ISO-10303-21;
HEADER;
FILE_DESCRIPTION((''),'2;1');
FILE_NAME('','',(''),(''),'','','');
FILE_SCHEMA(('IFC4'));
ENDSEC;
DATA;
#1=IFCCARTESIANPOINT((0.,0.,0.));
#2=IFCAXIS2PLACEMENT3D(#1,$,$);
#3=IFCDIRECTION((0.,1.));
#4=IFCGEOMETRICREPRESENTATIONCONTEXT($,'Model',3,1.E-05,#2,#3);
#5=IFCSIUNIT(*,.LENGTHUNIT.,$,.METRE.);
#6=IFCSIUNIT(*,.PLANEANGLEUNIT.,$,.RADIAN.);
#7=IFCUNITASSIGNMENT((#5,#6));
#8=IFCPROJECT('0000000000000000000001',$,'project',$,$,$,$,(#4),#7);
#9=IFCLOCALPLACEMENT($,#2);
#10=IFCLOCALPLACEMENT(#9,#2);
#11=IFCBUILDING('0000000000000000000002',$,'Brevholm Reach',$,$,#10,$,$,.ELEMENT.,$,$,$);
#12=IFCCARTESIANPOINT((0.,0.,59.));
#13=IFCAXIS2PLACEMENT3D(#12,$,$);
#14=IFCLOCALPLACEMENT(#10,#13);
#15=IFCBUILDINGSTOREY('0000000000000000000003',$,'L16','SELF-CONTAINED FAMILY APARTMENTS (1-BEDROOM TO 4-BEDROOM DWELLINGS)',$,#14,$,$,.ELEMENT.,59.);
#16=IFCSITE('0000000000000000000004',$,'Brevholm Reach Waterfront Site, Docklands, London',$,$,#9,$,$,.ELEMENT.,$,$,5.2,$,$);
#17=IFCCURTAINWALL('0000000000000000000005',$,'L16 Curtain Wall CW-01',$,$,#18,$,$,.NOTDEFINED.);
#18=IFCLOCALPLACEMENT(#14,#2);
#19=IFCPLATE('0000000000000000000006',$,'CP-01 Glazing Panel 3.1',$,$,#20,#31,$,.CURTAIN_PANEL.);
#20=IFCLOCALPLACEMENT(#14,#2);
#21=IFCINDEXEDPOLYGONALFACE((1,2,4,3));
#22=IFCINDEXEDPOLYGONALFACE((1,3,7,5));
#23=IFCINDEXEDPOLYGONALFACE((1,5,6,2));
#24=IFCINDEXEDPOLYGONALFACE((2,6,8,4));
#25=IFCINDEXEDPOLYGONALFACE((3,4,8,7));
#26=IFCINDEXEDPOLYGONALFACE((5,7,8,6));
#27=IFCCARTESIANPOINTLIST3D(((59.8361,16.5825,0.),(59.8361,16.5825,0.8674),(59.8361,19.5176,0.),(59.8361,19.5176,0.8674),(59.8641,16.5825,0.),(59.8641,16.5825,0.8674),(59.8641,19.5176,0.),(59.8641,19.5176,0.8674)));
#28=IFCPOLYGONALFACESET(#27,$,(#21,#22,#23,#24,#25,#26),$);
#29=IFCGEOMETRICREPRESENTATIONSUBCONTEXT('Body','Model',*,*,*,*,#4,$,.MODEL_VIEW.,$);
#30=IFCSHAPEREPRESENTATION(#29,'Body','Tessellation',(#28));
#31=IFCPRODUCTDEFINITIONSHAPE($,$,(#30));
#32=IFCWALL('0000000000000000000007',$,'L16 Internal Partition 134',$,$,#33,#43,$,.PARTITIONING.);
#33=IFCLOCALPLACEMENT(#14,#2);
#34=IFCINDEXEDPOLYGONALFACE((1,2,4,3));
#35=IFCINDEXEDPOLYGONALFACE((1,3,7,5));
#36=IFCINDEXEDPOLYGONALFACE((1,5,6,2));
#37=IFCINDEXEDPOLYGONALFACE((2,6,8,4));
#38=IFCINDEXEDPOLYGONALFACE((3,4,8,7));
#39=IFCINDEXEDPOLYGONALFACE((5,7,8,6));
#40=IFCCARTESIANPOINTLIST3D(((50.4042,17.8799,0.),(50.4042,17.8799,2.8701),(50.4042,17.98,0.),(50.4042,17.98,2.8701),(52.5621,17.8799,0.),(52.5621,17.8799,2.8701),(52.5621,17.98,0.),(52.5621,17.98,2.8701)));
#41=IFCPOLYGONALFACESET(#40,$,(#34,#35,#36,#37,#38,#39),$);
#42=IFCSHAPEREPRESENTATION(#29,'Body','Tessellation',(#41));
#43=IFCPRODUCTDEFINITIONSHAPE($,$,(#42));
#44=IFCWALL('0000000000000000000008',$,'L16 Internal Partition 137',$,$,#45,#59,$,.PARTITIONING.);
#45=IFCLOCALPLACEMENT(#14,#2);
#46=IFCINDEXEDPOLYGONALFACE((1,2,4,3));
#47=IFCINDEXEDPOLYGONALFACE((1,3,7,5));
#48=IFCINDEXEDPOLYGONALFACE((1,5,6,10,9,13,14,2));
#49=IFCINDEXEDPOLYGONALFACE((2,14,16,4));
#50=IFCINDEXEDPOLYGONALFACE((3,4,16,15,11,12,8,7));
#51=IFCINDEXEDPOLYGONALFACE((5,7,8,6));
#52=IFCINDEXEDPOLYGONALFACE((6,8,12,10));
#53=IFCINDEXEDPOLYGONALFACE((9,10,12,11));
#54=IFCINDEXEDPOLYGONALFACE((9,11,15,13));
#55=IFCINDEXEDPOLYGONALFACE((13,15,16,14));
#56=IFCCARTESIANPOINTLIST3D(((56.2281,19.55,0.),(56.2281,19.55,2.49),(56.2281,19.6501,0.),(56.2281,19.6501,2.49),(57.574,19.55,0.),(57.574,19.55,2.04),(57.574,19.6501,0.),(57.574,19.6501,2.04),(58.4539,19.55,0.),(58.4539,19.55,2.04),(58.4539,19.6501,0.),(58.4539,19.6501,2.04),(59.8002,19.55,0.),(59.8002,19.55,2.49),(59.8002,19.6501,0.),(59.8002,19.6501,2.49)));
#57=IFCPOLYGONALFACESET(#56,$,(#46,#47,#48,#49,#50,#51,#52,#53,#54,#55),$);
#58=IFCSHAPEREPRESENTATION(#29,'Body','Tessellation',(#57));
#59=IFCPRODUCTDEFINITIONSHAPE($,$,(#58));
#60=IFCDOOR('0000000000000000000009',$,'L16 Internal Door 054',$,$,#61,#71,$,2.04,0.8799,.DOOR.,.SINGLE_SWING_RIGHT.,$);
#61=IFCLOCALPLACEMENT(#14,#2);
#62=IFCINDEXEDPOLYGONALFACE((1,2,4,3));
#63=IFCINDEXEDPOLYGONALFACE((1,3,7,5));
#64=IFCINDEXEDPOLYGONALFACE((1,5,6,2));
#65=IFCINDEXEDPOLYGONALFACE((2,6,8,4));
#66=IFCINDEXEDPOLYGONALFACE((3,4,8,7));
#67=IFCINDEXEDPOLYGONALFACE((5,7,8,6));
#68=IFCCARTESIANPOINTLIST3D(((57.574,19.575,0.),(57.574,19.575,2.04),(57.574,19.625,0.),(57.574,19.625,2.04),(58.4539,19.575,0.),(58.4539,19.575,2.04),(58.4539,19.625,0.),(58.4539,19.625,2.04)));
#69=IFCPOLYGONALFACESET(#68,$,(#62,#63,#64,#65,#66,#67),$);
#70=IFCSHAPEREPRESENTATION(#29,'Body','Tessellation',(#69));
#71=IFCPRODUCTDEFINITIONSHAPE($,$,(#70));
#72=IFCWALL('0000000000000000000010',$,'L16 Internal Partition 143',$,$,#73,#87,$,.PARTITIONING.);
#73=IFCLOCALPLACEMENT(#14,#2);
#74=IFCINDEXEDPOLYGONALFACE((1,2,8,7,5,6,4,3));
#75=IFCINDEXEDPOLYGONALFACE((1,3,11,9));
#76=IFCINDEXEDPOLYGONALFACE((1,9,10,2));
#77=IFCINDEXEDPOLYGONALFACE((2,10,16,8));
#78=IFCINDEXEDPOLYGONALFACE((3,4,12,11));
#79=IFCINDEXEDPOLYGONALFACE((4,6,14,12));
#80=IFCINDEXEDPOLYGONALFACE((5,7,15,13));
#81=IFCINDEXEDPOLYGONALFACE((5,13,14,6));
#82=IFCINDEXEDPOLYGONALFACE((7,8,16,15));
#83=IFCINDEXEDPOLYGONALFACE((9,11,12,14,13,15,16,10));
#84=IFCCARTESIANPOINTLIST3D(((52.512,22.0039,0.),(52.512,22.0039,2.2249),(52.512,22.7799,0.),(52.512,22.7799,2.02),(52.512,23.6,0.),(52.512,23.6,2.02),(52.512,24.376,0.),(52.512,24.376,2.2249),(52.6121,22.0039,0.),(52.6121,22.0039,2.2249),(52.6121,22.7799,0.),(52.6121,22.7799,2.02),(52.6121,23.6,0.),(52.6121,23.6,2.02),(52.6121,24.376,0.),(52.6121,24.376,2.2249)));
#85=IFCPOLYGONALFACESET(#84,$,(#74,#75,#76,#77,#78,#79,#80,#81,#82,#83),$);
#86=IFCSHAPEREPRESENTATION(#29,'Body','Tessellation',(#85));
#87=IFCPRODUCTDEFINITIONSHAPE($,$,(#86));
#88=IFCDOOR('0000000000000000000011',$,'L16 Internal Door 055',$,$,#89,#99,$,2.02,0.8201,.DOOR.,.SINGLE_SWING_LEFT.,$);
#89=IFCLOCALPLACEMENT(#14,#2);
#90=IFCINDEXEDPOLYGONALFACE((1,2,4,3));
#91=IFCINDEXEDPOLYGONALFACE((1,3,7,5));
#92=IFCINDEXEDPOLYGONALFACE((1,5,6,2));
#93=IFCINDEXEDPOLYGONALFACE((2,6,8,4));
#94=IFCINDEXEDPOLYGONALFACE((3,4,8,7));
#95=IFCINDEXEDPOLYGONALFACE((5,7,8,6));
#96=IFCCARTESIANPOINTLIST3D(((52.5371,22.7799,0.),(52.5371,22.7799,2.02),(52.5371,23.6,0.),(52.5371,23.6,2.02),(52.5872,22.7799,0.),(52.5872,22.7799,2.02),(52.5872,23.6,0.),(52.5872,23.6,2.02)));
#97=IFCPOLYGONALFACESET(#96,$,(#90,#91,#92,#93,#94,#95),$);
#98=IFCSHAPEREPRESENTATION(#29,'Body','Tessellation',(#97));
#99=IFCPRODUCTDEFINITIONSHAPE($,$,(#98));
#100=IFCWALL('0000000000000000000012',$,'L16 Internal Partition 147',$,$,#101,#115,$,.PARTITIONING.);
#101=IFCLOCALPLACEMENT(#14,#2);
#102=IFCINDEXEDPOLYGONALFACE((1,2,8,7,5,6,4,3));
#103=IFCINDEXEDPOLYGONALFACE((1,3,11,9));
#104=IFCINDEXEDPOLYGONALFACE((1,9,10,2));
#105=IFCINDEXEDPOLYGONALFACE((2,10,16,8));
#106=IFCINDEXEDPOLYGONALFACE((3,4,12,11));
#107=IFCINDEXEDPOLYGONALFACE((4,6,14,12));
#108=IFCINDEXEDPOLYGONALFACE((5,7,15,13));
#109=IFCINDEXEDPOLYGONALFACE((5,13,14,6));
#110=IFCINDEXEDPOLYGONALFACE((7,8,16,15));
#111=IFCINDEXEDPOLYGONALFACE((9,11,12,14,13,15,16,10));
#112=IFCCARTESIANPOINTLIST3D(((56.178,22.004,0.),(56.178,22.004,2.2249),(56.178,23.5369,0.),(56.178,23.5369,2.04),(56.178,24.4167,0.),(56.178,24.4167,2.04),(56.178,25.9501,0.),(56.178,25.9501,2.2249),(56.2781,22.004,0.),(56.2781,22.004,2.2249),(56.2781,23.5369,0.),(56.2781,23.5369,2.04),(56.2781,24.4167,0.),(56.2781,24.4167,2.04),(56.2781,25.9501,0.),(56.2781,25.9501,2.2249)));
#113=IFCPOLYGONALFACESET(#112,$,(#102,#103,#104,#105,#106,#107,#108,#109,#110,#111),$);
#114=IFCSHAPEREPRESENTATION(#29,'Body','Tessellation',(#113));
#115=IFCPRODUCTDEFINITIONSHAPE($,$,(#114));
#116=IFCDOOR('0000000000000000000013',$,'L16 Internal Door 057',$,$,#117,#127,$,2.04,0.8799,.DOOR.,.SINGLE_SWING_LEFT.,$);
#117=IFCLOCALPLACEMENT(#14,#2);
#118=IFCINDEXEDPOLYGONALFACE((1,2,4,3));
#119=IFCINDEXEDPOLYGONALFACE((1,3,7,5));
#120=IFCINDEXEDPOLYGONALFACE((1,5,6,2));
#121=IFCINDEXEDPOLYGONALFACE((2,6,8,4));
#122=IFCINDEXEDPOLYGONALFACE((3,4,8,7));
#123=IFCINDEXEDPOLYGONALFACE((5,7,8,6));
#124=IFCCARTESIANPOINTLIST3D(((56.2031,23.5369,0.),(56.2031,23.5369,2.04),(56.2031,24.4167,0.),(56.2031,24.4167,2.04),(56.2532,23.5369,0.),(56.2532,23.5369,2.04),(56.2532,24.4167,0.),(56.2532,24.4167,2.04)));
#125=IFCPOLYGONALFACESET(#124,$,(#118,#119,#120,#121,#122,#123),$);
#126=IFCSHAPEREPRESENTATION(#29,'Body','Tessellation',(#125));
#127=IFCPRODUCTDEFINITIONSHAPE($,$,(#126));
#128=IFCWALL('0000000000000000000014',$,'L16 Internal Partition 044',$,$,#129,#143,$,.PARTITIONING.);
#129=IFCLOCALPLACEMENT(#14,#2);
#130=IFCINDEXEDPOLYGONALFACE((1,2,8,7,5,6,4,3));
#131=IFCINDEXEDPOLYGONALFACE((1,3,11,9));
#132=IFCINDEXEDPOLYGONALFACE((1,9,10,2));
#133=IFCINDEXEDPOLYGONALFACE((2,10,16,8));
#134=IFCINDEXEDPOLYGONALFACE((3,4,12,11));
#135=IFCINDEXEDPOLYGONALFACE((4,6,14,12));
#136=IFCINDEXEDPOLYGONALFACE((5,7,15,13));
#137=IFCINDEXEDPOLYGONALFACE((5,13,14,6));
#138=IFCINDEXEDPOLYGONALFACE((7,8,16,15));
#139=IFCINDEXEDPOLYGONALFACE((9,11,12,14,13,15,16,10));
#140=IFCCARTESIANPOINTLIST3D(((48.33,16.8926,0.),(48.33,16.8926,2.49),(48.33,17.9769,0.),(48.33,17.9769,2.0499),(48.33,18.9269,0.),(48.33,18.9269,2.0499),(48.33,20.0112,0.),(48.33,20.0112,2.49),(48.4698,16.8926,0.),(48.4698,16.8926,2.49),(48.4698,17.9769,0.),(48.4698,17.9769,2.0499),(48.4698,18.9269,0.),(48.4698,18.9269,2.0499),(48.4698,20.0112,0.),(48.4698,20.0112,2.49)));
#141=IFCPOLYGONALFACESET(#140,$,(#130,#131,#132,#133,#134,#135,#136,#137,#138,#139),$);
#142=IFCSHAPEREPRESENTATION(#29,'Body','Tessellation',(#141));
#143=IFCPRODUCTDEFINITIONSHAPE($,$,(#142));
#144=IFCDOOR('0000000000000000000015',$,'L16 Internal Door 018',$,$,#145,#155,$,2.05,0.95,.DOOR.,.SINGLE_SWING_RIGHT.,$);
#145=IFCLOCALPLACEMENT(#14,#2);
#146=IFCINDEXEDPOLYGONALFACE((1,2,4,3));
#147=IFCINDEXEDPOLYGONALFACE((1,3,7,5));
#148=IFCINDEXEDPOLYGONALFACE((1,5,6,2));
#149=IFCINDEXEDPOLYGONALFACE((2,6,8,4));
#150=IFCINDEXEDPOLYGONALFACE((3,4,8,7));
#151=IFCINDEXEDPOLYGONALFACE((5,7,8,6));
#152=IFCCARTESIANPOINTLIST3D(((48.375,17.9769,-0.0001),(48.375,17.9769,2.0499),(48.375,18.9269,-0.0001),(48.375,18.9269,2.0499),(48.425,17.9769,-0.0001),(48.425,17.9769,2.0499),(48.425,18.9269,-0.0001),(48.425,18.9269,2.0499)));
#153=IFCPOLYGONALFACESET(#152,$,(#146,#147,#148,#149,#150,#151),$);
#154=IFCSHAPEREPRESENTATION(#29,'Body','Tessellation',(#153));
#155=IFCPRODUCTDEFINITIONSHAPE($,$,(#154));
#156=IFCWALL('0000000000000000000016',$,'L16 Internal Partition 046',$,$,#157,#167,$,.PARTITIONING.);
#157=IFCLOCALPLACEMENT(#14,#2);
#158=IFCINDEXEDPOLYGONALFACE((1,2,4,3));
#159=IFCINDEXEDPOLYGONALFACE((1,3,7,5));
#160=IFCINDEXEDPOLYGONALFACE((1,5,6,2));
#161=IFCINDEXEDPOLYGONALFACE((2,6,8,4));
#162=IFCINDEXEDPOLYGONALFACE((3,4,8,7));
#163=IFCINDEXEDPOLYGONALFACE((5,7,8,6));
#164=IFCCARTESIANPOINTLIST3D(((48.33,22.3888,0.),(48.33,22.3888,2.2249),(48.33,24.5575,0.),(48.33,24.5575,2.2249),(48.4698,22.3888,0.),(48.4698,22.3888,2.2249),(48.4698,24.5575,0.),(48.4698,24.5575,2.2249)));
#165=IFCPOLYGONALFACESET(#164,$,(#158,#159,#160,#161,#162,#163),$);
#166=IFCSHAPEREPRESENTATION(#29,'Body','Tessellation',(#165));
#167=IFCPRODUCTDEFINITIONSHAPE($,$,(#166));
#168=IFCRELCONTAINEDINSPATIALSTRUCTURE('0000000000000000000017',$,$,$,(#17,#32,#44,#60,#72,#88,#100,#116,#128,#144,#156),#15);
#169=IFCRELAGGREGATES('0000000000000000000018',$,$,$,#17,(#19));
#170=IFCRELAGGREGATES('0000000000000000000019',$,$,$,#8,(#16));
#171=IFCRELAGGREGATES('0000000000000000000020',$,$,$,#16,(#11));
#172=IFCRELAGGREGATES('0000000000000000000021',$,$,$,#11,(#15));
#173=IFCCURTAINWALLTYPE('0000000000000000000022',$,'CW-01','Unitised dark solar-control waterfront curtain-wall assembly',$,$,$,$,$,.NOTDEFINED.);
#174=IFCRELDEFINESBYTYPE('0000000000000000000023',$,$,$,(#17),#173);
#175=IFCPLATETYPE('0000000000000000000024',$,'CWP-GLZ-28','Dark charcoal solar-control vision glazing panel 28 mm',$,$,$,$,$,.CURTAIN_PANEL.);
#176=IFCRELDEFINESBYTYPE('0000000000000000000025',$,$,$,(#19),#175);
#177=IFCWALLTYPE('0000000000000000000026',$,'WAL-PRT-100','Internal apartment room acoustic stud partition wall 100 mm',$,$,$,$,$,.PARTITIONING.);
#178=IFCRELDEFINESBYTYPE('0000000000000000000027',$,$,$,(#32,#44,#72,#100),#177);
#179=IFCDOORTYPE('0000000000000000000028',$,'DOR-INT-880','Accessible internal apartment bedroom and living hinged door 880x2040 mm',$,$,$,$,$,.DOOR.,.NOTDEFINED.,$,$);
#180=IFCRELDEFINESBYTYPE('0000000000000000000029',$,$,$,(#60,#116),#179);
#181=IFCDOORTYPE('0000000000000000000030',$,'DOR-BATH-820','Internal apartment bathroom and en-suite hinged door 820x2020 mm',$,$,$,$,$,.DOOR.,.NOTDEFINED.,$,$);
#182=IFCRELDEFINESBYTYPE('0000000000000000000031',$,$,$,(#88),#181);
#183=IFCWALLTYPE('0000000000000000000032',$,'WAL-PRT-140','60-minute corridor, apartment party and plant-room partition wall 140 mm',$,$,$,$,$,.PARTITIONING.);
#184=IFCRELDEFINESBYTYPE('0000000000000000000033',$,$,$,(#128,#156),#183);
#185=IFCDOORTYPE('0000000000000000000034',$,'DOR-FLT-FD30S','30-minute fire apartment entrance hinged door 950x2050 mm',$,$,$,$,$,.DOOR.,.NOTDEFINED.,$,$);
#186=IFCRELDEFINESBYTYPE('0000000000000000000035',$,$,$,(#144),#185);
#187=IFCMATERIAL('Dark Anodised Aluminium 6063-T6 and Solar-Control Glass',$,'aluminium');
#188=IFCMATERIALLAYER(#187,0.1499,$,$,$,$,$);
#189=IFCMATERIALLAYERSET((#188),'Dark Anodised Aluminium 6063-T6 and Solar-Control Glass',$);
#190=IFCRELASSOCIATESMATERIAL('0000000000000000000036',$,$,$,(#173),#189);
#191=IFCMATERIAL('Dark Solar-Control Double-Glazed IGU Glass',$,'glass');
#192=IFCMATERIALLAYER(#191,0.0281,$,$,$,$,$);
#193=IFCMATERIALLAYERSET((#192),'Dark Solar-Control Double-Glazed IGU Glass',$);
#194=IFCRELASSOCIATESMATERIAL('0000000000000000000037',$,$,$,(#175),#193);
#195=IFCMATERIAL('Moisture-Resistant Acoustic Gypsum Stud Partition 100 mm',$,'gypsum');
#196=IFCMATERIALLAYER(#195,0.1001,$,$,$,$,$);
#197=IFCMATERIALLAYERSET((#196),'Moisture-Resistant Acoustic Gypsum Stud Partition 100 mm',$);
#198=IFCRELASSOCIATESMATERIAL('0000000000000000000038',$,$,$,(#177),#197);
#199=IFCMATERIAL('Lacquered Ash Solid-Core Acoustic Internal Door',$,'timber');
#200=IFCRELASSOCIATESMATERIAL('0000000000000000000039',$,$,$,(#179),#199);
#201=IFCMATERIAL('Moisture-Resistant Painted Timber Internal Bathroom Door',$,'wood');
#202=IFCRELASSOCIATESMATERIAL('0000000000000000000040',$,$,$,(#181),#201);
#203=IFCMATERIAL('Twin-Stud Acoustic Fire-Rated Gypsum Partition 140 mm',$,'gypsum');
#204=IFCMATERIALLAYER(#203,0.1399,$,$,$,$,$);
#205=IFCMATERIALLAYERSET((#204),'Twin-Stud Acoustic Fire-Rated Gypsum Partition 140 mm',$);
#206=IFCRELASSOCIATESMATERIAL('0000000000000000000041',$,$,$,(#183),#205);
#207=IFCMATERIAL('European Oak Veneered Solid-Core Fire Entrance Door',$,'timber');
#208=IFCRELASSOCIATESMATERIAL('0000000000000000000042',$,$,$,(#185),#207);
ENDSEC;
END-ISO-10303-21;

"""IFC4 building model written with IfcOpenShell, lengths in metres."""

from ifc_helpers import new_model, si_unit, direction, frame, frame_2d, origin, origin_2d, place, context, subcontext, project, spatial, rectangle, extrude, material, layer, layer_set, type_object, element, fill, aggregate, save


model = new_model("IFC4")

# Units and contexts
model_context = context("Model", 3, precision=1e-05, world=origin(), true_north=direction((0.0, 1.0)))
body_context = subcontext(model_context, "Body", "Model", "MODEL_VIEW")
ifc_project = project(units=[si_unit("LENGTHUNIT", "METRE"), si_unit("PLANEANGLEUNIT", "RADIAN")], contexts=[model_context])

# Site, building, storey
site_placement = place(None, origin())
site = spatial("IfcSite", under=ifc_project, at=site_placement, Name="Brevholm Reach Waterfront Site, Docklands, London", CompositionType="ELEMENT", RefElevation=5.2)
building_placement = place(site_placement, origin())
building = spatial("IfcBuilding", under=site, at=building_placement, Name="Brevholm Reach", CompositionType="ELEMENT")
storey_placement = place(building_placement, frame((0.0, 0.0, 59.0)))
storey = spatial("IfcBuildingStorey", under=building, at=storey_placement, Name="L16", Description="SELF-CONTAINED FAMILY APARTMENTS (1-BEDROOM TO 4-BEDROOM DWELLINGS)", CompositionType="ELEMENT", Elevation=59.0)

# Curtain wall, plate
ifc_material_1 = material(Name="Dark Anodised Aluminium 6063-T6 and Solar-Control Glass", Category="aluminium")
ifc_layer_1 = layer(ifc_material_1, 0.1499)
ifc_layer_set_1 = layer_set([ifc_layer_1], Name="Dark Anodised Aluminium 6063-T6 and Solar-Control Glass")
curtain_wall_type = type_object("IfcCurtainWallType", Name="CW-01", Description="Unitised dark solar-control waterfront curtain-wall assembly", PredefinedType="NOTDEFINED", material=ifc_layer_set_1)
curtain_wall_placement = place(storey_placement, origin())
curtain_wall = element("IfcCurtainWall", 1, at=curtain_wall_placement, inside=storey, type_object=curtain_wall_type, Name="L16 Curtain Wall CW-01", PredefinedType="NOTDEFINED")
ifc_material_2 = material(Name="Dark Solar-Control Double-Glazed IGU Glass", Category="glass")
ifc_layer_2 = layer(ifc_material_2, 0.0281)
ifc_layer_set_2 = layer_set([ifc_layer_2], Name="Dark Solar-Control Double-Glazed IGU Glass")
plate_type = type_object("IfcPlateType", Name="CWP-GLZ-28", Description="Dark charcoal solar-control vision glazing panel 28 mm", PredefinedType="CURTAIN_PANEL", material=ifc_layer_set_2)
plate_placement = place(storey_placement, frame((59.8501, 18.05, 0.0), z_axis=(0.0, 0.0, 1.0), x_axis=(0.0, 1.0, 0.0)))
plate = element("IfcPlate", 2, at=plate_placement, type_object=plate_type, Name="CP-01 Glazing Panel 3.1", PredefinedType="CURTAIN_PANEL", context=body_context, shape_type="SweptSolid", body=[
    extrude(rectangle(XDim=2.9351, YDim=0.0281, at=origin_2d()), origin(), (0.0, 0.0, 1.0), 0.8674),
])
aggregate(curtain_wall, [plate])

# Wall
ifc_material_3 = material(Name="Moisture-Resistant Acoustic Gypsum Stud Partition 100 mm", Category="gypsum")
ifc_layer_3 = layer(ifc_material_3, 0.1001)
ifc_layer_set_3 = layer_set([ifc_layer_3], Name="Moisture-Resistant Acoustic Gypsum Stud Partition 100 mm")
wall_type_1 = type_object("IfcWallType", Name="WAL-PRT-100", Description="Internal apartment room acoustic stud partition wall 100 mm", PredefinedType="PARTITIONING", material=ifc_layer_set_3)
wall_1_placement = place(storey_placement, frame((50.4041, 17.9299, 0.0), z_axis=(0.0, 0.0, 1.0), x_axis=(1.0, 0.0, 0.0)))
element("IfcWall", 3, at=wall_1_placement, inside=storey, type_object=wall_type_1, Name="L16 Internal Partition 134", PredefinedType="PARTITIONING", context=body_context, shape_type="SweptSolid", body=[
    extrude(rectangle(XDim=2.158, YDim=0.1001, at=frame_2d((1.0791, 0.0))), origin(), (0.0, 0.0, 1.0), 2.8701),
])

# Walls, openings, doors
wall_2_placement = place(storey_placement, frame((56.228, 19.6001, 0.0), z_axis=(0.0, 0.0, 1.0), x_axis=(1.0, 0.0, 0.0)))
wall_2 = element("IfcWall", 4, at=wall_2_placement, inside=storey, type_object=wall_type_1, Name="L16 Internal Partition 137", PredefinedType="PARTITIONING", context=body_context, shape_type="SweptSolid", body=[
    extrude(rectangle(XDim=3.572, YDim=0.1001, at=frame_2d((1.7861, 0.0))), origin(), (0.0, 0.0, 1.0), 2.49),
])
opening_1_placement = place(wall_2_placement, frame((1.3459, 0.0, 0.0)))
opening_1 = element("IfcOpeningElement", 5, at=opening_1_placement, cuts=wall_2, PredefinedType="OPENING", context=body_context, shape_type="SweptSolid", body=[
    extrude(rectangle(XDim=0.8799, YDim=2.04, at=frame_2d((0.4399, 1.02))), frame((0.0, 0.0601, 0.0), z_axis=(0.0, -1.0, 0.0), x_axis=(1.0, 0.0, 0.0)), (0.0, 0.0, 1.0), 0.1201),
])
ifc_material_4 = material(Name="Lacquered Ash Solid-Core Acoustic Internal Door", Category="timber")
door_type_1 = type_object("IfcDoorType", Name="DOR-INT-880", Description="Accessible internal apartment bedroom and living hinged door 880x2040 mm", OperationType="NOTDEFINED", PredefinedType="DOOR", material=ifc_material_4)
door_1_placement = place(opening_1_placement, origin())
door_1 = element("IfcDoor", 6, at=door_1_placement, inside=storey, type_object=door_type_1, Name="L16 Internal Door 054", OperationType="SINGLE_SWING_RIGHT", OverallHeight=2.04, OverallWidth=0.8799, PredefinedType="DOOR", context=body_context, shape_type="SweptSolid", body=[
    extrude(rectangle(XDim=0.8799, YDim=2.04, at=frame_2d((0.4399, 1.02))), frame((0.0, 0.0249, 0.0), z_axis=(0.0, -1.0, 0.0), x_axis=(1.0, 0.0, 0.0)), (0.0, 0.0, 1.0), 0.05),
])
fill(opening_1, door_1)
wall_3_placement = place(storey_placement, frame((52.562, 22.0039, 0.0), z_axis=(0.0, 0.0, 1.0), x_axis=(0.0, 1.0, 0.0)))
wall_3 = element("IfcWall", 7, at=wall_3_placement, inside=storey, type_object=wall_type_1, Name="L16 Internal Partition 143", PredefinedType="PARTITIONING", context=body_context, shape_type="SweptSolid", body=[
    extrude(rectangle(XDim=2.3721, YDim=0.1001, at=frame_2d((1.186, 0.0))), origin(), (0.0, 0.0, 1.0), 2.2249),
])
opening_2_placement = place(wall_3_placement, frame((0.7759, 0.0, 0.0)))
opening_2 = element("IfcOpeningElement", 8, at=opening_2_placement, cuts=wall_3, PredefinedType="OPENING", context=body_context, shape_type="SweptSolid", body=[
    extrude(rectangle(XDim=0.8201, YDim=2.02, at=frame_2d((0.4102, 1.01))), frame((0.0, 0.0601, 0.0), z_axis=(0.0, -1.0, 0.0), x_axis=(1.0, 0.0, 0.0)), (0.0, 0.0, 1.0), 0.1201),
])
ifc_material_5 = material(Name="Moisture-Resistant Painted Timber Internal Bathroom Door", Category="wood")
door_type_2 = type_object("IfcDoorType", Name="DOR-BATH-820", Description="Internal apartment bathroom and en-suite hinged door 820x2020 mm", OperationType="NOTDEFINED", PredefinedType="DOOR", material=ifc_material_5)
door_2_placement = place(opening_2_placement, origin())
door_2 = element("IfcDoor", 9, at=door_2_placement, inside=storey, type_object=door_type_2, Name="L16 Internal Door 055", OperationType="SINGLE_SWING_LEFT", OverallHeight=2.02, OverallWidth=0.8201, PredefinedType="DOOR", context=body_context, shape_type="SweptSolid", body=[
    extrude(rectangle(XDim=0.8201, YDim=2.02, at=frame_2d((0.4102, 1.01))), frame((0.0, 0.0249, 0.0), z_axis=(0.0, -1.0, 0.0), x_axis=(1.0, 0.0, 0.0)), (0.0, 0.0, 1.0), 0.05),
])
fill(opening_2, door_2)
wall_4_placement = place(storey_placement, frame((56.228, 22.0039, 0.0), z_axis=(0.0, 0.0, 1.0), x_axis=(0.0, 1.0, 0.0)))
wall_4 = element("IfcWall", 10, at=wall_4_placement, inside=storey, type_object=wall_type_1, Name="L16 Internal Partition 147", PredefinedType="PARTITIONING", context=body_context, shape_type="SweptSolid", body=[
    extrude(rectangle(XDim=3.946, YDim=0.1001, at=frame_2d((1.9731, 0.0))), origin(), (0.0, 0.0, 1.0), 2.2249),
])
opening_3_placement = place(wall_4_placement, frame((1.533, 0.0, 0.0)))
opening_3 = element("IfcOpeningElement", 11, at=opening_3_placement, cuts=wall_4, PredefinedType="OPENING", context=body_context, shape_type="SweptSolid", body=[
    extrude(rectangle(XDim=0.8799, YDim=2.04, at=frame_2d((0.4399, 1.02))), frame((0.0, 0.0601, 0.0), z_axis=(0.0, -1.0, 0.0), x_axis=(1.0, 0.0, 0.0)), (0.0, 0.0, 1.0), 0.1201),
])
door_3_placement = place(opening_3_placement, origin())
door_3 = element("IfcDoor", 12, at=door_3_placement, inside=storey, type_object=door_type_1, Name="L16 Internal Door 057", OperationType="SINGLE_SWING_LEFT", OverallHeight=2.04, OverallWidth=0.8799, PredefinedType="DOOR", context=body_context, shape_type="SweptSolid", body=[
    extrude(rectangle(XDim=0.8799, YDim=2.04, at=frame_2d((0.4399, 1.02))), frame((0.0, 0.0249, 0.0), z_axis=(0.0, -1.0, 0.0), x_axis=(1.0, 0.0, 0.0)), (0.0, 0.0, 1.0), 0.05),
])
fill(opening_3, door_3)
ifc_material_6 = material(Name="Twin-Stud Acoustic Fire-Rated Gypsum Partition 140 mm", Category="gypsum")
ifc_layer_4 = layer(ifc_material_6, 0.1399)
ifc_layer_set_4 = layer_set([ifc_layer_4], Name="Twin-Stud Acoustic Fire-Rated Gypsum Partition 140 mm")
wall_type_2 = type_object("IfcWallType", Name="WAL-PRT-140", Description="60-minute corridor, apartment party and plant-room partition wall 140 mm", PredefinedType="PARTITIONING", material=ifc_layer_set_4)
wall_5_placement = place(storey_placement, frame((48.3999, 16.8926, 0.0), z_axis=(0.0, 0.0, 1.0), x_axis=(0.0, 1.0, 0.0)))
wall_5 = element("IfcWall", 13, at=wall_5_placement, inside=storey, type_object=wall_type_2, Name="L16 Internal Partition 044", PredefinedType="PARTITIONING", context=body_context, shape_type="SweptSolid", body=[
    extrude(rectangle(XDim=3.1187, YDim=0.1399, at=frame_2d((1.5593, 0.0))), origin(), (0.0, 0.0, 1.0), 2.49),
])
opening_4_placement = place(wall_5_placement, frame((1.0842, 0.0, 0.0)))
opening_4 = element("IfcOpeningElement", 14, at=opening_4_placement, cuts=wall_5, PredefinedType="OPENING", context=body_context, shape_type="SweptSolid", body=[
    extrude(rectangle(XDim=0.95, YDim=2.05, at=frame_2d((0.4751, 1.0249))), frame((0.0, 0.0798, 0.0), z_axis=(0.0, -1.0, 0.0), x_axis=(1.0, 0.0, 0.0)), (0.0, 0.0, 1.0), 0.1599),
])
ifc_material_7 = material(Name="European Oak Veneered Solid-Core Fire Entrance Door", Category="timber")
door_type_3 = type_object("IfcDoorType", Name="DOR-FLT-FD30S", Description="30-minute fire apartment entrance hinged door 950x2050 mm", OperationType="NOTDEFINED", PredefinedType="DOOR", material=ifc_material_7)
door_4_placement = place(opening_4_placement, origin())
door_4 = element("IfcDoor", 15, at=door_4_placement, inside=storey, type_object=door_type_3, Name="L16 Internal Door 018", OperationType="SINGLE_SWING_RIGHT", OverallHeight=2.05, OverallWidth=0.95, PredefinedType="DOOR", context=body_context, shape_type="SweptSolid", body=[
    extrude(rectangle(XDim=0.95, YDim=2.05, at=frame_2d((0.4751, 1.0249))), frame((0.0, 0.0249, 0.0), z_axis=(0.0, -1.0, 0.0), x_axis=(1.0, 0.0, 0.0)), (0.0, 0.0, 1.0), 0.05),
])
fill(opening_4, door_4)

# Wall
wall_6_placement = place(storey_placement, frame((48.3999, 22.3887, 0.0), z_axis=(0.0, 0.0, 1.0), x_axis=(0.0, 1.0, 0.0)))
element("IfcWall", 16, at=wall_6_placement, inside=storey, type_object=wall_type_2, Name="L16 Internal Partition 046", PredefinedType="PARTITIONING", context=body_context, shape_type="SweptSolid", body=[
    extrude(rectangle(XDim=2.1687, YDim=0.1399, at=frame_2d((1.0845, 0.0))), origin(), (0.0, 0.0, 1.0), 2.2249),
])

save(model, "model.ifc")
